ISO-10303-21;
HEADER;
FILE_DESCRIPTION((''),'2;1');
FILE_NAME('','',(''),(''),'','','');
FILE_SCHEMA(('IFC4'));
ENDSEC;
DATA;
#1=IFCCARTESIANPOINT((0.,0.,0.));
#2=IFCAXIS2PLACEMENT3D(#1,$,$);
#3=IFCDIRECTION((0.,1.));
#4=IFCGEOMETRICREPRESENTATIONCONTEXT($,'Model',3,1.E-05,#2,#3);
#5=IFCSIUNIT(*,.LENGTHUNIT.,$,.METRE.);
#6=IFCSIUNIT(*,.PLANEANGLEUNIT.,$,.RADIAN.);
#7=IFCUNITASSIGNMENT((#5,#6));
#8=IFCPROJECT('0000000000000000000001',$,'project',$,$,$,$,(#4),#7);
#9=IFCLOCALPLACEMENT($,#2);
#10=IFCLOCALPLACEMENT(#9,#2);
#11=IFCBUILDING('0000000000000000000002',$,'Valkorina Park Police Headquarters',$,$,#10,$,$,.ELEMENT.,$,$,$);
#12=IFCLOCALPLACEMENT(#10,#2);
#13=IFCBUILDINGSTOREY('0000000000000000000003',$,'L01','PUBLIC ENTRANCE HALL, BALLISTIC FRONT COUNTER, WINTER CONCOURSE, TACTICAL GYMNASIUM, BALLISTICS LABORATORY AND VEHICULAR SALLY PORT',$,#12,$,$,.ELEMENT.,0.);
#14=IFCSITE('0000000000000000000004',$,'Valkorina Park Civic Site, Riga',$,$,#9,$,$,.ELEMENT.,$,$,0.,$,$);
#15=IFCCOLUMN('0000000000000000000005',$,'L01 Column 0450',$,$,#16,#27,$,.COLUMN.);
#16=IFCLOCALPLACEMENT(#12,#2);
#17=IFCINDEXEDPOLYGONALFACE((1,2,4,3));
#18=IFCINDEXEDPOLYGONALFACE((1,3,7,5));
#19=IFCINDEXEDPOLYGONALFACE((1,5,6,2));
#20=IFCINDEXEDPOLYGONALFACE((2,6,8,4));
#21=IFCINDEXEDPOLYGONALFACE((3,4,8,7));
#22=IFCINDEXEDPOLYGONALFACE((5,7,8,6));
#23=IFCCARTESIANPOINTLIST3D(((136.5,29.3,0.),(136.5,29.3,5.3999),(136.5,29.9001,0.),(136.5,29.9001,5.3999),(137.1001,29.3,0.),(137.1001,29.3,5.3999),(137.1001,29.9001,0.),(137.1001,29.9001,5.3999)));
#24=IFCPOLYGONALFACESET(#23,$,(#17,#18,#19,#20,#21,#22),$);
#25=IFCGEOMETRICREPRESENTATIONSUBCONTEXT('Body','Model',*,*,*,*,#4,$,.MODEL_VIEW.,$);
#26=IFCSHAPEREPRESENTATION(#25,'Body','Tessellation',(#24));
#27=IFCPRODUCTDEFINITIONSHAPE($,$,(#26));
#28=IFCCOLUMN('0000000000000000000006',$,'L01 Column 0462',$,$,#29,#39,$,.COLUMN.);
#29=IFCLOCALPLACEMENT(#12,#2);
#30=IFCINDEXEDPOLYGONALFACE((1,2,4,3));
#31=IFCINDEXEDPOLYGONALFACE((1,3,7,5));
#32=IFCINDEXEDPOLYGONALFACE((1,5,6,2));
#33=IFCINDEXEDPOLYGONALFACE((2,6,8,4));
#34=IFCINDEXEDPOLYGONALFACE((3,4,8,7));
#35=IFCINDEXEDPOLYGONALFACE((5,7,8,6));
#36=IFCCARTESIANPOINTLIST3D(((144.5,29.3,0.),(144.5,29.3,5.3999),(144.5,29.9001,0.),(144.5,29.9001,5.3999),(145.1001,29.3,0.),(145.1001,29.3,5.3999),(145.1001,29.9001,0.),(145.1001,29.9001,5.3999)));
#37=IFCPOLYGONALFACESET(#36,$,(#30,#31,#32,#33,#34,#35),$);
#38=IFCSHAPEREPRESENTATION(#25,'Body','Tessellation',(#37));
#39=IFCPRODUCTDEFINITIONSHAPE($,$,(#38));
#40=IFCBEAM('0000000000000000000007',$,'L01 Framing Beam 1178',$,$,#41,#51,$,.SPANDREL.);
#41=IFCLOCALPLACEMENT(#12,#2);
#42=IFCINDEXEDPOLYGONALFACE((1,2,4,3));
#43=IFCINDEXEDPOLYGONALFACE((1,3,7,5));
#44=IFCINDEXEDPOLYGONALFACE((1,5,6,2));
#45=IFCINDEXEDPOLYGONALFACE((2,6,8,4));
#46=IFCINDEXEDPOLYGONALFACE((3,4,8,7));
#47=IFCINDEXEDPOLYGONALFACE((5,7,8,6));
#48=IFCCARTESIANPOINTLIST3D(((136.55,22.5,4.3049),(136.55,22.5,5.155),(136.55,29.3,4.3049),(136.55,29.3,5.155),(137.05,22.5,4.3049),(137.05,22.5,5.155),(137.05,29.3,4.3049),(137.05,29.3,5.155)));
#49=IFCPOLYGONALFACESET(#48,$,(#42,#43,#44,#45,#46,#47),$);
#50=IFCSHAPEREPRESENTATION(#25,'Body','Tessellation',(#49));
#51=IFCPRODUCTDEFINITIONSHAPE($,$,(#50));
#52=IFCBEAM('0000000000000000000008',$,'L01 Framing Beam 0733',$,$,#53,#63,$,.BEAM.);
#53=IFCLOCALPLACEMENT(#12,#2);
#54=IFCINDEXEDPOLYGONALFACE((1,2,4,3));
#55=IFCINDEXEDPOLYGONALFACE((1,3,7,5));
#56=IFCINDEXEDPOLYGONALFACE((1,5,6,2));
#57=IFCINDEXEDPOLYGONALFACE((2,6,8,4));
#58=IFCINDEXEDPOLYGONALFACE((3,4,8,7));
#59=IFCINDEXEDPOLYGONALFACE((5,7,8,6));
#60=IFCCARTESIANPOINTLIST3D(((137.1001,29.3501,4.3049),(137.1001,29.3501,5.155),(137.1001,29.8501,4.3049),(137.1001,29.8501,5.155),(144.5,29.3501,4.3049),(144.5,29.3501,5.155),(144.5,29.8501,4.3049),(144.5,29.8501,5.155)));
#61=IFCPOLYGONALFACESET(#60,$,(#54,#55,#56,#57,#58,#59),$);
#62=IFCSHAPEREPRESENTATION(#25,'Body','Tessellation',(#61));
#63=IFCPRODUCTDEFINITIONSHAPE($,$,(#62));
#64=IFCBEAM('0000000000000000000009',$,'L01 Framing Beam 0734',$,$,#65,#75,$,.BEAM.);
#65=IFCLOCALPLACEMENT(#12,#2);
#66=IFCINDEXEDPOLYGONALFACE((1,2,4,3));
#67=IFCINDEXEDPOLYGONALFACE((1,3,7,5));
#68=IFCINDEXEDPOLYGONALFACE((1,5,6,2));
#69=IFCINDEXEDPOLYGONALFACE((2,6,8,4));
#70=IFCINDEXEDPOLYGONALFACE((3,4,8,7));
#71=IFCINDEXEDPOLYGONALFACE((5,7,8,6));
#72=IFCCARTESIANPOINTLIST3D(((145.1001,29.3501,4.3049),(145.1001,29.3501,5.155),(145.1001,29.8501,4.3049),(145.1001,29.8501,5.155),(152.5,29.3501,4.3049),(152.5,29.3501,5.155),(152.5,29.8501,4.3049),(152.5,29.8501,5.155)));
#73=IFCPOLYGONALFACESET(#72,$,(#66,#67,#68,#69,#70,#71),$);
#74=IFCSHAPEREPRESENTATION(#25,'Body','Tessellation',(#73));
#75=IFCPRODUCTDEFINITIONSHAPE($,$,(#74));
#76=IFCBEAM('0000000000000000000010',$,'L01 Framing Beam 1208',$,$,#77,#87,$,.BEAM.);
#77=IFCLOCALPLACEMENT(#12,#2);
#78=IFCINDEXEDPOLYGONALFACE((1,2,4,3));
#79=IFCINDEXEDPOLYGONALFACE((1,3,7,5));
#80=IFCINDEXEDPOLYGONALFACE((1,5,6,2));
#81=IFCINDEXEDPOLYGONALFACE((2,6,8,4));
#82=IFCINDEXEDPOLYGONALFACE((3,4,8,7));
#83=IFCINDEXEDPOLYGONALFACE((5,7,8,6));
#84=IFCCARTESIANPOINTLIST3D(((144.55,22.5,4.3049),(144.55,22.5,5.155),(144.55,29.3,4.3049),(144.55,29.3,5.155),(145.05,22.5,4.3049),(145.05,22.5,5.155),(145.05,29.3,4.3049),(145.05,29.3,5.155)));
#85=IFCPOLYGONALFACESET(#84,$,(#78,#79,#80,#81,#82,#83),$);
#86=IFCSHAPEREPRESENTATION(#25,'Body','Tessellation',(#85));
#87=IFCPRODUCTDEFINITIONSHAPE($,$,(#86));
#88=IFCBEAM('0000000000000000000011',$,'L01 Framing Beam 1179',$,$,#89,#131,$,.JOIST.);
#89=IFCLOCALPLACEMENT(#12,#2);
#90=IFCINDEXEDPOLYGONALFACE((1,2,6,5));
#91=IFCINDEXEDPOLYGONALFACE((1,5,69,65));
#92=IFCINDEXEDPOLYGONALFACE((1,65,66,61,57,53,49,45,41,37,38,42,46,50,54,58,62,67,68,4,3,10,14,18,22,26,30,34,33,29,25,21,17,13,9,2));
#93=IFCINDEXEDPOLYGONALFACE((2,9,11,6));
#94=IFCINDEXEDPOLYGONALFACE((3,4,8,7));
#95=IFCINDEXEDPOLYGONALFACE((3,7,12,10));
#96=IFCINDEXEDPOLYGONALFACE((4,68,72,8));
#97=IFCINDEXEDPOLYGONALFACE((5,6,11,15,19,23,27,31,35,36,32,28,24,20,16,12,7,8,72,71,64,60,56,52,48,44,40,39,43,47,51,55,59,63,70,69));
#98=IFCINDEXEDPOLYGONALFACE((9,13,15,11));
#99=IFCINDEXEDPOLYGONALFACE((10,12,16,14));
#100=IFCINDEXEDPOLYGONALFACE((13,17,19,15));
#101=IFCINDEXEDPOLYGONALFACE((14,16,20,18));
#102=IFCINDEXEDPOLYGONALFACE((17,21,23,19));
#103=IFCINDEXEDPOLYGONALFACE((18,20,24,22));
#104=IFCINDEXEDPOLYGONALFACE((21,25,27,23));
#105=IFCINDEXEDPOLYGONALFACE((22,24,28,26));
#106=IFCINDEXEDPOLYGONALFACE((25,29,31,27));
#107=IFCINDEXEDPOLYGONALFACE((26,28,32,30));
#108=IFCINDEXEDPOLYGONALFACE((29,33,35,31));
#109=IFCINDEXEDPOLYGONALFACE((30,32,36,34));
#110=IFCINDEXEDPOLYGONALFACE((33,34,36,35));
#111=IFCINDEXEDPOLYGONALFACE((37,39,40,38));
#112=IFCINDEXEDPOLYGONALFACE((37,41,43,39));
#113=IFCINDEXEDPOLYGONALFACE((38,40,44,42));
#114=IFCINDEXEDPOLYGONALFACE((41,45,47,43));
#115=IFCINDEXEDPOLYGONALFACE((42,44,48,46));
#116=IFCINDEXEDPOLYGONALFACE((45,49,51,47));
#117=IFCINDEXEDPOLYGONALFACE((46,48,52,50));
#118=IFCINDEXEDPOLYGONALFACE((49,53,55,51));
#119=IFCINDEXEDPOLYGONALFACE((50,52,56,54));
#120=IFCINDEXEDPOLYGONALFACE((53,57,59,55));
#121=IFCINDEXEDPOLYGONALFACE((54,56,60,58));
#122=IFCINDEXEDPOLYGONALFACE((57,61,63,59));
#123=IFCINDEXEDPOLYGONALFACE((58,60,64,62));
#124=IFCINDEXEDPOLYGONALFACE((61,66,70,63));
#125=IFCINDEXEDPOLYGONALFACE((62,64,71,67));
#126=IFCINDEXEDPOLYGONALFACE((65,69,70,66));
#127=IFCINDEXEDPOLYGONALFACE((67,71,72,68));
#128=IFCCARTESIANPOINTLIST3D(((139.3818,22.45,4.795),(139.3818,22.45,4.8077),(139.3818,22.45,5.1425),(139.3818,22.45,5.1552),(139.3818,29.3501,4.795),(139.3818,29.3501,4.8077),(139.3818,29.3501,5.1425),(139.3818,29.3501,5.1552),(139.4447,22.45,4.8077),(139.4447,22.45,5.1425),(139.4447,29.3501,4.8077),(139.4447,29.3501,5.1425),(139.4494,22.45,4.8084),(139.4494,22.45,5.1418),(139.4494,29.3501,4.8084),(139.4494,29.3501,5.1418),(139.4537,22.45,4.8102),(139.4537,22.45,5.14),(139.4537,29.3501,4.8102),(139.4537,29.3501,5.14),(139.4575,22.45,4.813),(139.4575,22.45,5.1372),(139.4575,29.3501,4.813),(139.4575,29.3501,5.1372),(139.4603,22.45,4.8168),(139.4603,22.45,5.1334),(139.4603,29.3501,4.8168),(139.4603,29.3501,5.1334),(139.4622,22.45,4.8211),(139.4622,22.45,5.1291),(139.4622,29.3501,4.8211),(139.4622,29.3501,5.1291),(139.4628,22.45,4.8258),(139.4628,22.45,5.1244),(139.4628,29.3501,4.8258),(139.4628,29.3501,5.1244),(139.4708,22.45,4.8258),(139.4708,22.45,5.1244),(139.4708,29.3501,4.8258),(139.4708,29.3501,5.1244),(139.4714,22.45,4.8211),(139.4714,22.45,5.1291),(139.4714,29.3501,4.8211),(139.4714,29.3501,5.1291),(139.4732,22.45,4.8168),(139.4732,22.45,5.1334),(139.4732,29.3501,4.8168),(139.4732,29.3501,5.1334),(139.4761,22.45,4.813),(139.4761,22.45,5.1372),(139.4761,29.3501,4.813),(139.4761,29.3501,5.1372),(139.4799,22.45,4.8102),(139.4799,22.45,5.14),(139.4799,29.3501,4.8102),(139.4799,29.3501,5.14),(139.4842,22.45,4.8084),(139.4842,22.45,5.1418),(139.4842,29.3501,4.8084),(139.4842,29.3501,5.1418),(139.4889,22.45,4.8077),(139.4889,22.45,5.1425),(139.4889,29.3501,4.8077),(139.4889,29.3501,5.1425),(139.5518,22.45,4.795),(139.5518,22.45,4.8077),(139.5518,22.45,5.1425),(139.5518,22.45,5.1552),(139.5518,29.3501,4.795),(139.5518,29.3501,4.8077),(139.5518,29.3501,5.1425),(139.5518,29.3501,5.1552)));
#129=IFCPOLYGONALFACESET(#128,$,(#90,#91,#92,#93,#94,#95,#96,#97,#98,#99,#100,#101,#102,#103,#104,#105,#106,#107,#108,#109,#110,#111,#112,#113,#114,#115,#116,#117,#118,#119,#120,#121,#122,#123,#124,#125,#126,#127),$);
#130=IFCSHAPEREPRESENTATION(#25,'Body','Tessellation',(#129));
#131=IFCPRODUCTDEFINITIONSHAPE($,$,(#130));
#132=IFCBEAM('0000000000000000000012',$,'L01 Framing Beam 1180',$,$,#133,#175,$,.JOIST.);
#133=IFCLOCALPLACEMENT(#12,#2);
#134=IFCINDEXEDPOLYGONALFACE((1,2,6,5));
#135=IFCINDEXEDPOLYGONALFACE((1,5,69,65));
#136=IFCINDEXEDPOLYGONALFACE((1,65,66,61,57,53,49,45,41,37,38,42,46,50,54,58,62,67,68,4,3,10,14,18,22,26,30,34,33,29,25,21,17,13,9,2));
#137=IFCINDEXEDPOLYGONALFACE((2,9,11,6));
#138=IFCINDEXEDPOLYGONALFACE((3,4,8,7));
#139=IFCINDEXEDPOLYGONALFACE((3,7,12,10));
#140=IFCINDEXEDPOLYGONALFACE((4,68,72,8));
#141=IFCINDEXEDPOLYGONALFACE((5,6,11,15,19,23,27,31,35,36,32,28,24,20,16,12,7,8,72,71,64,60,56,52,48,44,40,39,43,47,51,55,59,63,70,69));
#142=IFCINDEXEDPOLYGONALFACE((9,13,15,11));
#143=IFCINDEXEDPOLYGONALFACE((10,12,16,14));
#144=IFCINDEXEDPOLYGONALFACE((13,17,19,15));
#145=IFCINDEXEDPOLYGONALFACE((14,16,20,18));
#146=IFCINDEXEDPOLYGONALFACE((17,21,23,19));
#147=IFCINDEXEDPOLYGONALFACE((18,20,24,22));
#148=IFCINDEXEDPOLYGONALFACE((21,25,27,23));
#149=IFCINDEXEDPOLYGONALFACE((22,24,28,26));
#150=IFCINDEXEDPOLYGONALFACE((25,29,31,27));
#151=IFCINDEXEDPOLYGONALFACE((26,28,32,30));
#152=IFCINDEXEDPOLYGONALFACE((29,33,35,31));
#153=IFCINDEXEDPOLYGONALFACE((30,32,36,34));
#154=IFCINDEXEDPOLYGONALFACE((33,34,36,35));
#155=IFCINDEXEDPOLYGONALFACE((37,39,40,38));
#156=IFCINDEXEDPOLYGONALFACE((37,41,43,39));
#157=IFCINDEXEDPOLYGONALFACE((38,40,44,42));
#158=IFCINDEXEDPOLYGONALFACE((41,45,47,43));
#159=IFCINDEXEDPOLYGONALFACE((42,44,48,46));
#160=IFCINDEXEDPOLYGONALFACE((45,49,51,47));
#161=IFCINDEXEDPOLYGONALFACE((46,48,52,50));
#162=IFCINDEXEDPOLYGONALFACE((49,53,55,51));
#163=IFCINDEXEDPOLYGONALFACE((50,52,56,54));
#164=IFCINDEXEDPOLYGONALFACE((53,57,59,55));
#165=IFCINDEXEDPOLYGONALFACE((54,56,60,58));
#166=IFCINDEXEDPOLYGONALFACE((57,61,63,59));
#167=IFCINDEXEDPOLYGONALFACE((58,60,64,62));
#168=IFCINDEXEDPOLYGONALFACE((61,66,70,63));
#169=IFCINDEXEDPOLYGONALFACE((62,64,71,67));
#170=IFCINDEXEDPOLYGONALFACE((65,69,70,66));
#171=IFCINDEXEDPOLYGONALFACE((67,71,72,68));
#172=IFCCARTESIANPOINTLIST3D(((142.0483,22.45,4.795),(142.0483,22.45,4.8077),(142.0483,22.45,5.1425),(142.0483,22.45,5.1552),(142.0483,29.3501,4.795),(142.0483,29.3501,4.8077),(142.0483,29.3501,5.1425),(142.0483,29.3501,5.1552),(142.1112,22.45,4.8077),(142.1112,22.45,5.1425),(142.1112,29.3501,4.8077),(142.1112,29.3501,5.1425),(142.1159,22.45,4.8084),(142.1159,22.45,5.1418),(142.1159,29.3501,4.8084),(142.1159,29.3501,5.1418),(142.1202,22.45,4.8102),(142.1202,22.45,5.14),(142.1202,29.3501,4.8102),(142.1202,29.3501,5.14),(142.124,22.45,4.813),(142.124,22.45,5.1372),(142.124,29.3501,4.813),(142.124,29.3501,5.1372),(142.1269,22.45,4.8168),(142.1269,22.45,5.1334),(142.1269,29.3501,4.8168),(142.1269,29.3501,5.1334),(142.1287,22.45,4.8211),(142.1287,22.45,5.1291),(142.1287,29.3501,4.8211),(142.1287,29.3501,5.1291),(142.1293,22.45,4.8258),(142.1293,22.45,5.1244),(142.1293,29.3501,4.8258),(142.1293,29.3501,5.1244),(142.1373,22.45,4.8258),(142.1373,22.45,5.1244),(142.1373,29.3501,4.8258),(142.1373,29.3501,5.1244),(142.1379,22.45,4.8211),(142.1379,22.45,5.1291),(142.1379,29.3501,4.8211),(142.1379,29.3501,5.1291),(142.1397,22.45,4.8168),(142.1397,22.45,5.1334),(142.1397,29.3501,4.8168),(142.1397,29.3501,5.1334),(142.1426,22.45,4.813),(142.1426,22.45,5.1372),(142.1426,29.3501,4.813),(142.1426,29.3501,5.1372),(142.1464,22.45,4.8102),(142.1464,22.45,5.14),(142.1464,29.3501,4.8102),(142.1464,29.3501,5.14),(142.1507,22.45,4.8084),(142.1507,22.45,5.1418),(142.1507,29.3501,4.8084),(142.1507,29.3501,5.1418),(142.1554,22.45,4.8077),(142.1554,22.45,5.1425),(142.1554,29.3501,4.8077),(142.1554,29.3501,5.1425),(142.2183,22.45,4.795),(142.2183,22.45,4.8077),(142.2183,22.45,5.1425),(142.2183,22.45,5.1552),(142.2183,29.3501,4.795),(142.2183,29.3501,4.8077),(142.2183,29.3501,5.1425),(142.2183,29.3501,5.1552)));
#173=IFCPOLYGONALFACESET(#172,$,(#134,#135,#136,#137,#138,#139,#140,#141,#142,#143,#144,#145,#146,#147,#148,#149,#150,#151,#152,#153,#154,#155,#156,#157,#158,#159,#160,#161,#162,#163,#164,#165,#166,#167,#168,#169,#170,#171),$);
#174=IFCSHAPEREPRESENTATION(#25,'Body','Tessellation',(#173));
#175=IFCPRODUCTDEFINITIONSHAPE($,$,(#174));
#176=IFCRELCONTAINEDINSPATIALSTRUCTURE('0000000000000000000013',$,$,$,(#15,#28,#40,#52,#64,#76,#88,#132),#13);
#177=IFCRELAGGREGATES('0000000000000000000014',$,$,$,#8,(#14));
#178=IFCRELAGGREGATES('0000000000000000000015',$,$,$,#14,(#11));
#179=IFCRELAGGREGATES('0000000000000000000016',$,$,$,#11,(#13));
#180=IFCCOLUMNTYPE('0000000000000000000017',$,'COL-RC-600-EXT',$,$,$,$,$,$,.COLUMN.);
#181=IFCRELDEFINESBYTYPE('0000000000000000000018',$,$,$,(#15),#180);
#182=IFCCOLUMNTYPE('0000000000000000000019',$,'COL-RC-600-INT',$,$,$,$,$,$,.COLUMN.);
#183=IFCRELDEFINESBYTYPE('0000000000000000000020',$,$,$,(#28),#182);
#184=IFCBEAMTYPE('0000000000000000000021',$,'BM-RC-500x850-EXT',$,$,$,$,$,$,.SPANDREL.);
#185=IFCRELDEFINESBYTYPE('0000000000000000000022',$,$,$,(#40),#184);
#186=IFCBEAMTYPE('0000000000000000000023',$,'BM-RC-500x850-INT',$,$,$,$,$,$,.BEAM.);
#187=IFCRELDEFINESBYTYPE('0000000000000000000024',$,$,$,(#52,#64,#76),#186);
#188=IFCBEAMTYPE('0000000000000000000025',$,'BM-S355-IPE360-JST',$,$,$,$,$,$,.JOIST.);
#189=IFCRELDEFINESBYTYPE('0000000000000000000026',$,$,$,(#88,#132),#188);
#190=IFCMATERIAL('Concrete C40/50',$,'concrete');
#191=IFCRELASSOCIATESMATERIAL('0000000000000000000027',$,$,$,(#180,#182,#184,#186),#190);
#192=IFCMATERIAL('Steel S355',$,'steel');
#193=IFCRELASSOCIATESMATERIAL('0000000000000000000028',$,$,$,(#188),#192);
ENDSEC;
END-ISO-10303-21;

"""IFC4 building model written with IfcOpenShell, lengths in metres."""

from ifc_helpers import new_model, si_unit, direction, frame, origin, origin_2d, place, context, subcontext, project, spatial, rectangle, i_section, extrude, material, material_profile, profile_set, type_object, element, save


model = new_model("IFC4")

# Units and contexts
model_context = context("Model", 3, precision=1e-05, world=origin(), true_north=direction((0.0, 1.0)))
body_context = subcontext(model_context, "Body", "Model", "MODEL_VIEW")
ifc_project = project(units=[si_unit("LENGTHUNIT", "METRE"), si_unit("PLANEANGLEUNIT", "RADIAN")], contexts=[model_context])

# Site, building, storey
site_placement = place(None, origin())
site = spatial("IfcSite", under=ifc_project, at=site_placement, Name="Valkorina Park Civic Site, Riga", CompositionType="ELEMENT", RefElevation=0.0)
building_placement = place(site_placement, origin())
building = spatial("IfcBuilding", under=site, at=building_placement, Name="Valkorina Park Police Headquarters", CompositionType="ELEMENT")
storey_placement = place(building_placement, origin())
storey = spatial("IfcBuildingStorey", under=building, at=storey_placement, Name="L01", Description="PUBLIC ENTRANCE HALL, BALLISTIC FRONT COUNTER, WINTER CONCOURSE, TACTICAL GYMNASIUM, BALLISTICS LABORATORY AND VEHICULAR SALLY PORT", CompositionType="ELEMENT", Elevation=0.0)

# Columns
ifc_material_1 = material(Name="Concrete C40/50", Category="concrete")
ifc_material_profile_1 = material_profile(ifc_material_1, rectangle(XDim=0.6001, YDim=0.6001, at=origin_2d()), Name="RC COL 600x600")
ifc_profile_set_1 = profile_set([ifc_material_profile_1], Name="Concrete C40/50")
column_type_1 = type_object("IfcColumnType", Name="COL-RC-600-EXT", PredefinedType="COLUMN", material=ifc_profile_set_1)
column_1_placement = place(storey_placement, frame((136.8, 29.6001, 0.0), z_axis=(0.0, 0.0, 1.0), x_axis=(1.0, 0.0, 0.0)))
element("IfcColumn", 1, at=column_1_placement, inside=storey, type_object=column_type_1, Name="L01 Column 0450", PredefinedType="COLUMN", context=body_context, shape_type="SweptSolid", body=[
    extrude(rectangle(XDim=0.6001, YDim=0.6001, at=origin_2d()), origin(), (0.0, 0.0, 1.0), 5.3999),
])
ifc_material_profile_2 = material_profile(ifc_material_1, rectangle(XDim=0.6001, YDim=0.6001, at=origin_2d()), Name="RC COL 600x600")
ifc_profile_set_2 = profile_set([ifc_material_profile_2], Name="Concrete C40/50")
column_type_2 = type_object("IfcColumnType", Name="COL-RC-600-INT", PredefinedType="COLUMN", material=ifc_profile_set_2)
column_2_placement = place(storey_placement, frame((144.8, 29.6001, 0.0), z_axis=(0.0, 0.0, 1.0), x_axis=(1.0, 0.0, 0.0)))
element("IfcColumn", 2, at=column_2_placement, inside=storey, type_object=column_type_2, Name="L01 Column 0462", PredefinedType="COLUMN", context=body_context, shape_type="SweptSolid", body=[
    extrude(rectangle(XDim=0.6001, YDim=0.6001, at=origin_2d()), origin(), (0.0, 0.0, 1.0), 5.3999),
])

# Beams
ifc_material_profile_3 = material_profile(ifc_material_1, rectangle(XDim=0.5, YDim=0.8501, at=origin_2d()), Name="RC BEAM 500x850")
ifc_profile_set_3 = profile_set([ifc_material_profile_3], Name="Concrete C40/50")
beam_type_1 = type_object("IfcBeamType", Name="BM-RC-500x850-EXT", PredefinedType="SPANDREL", material=ifc_profile_set_3)
beam_1_placement = place(storey_placement, frame((136.8, 22.5, 4.73), z_axis=(0.0, 1.0, 0.0), x_axis=(-1.0, 0.0, 0.0)))
element("IfcBeam", 3, at=beam_1_placement, inside=storey, type_object=beam_type_1, Name="L01 Framing Beam 1178", PredefinedType="SPANDREL", context=body_context, shape_type="SweptSolid", body=[
    extrude(rectangle(XDim=0.5, YDim=0.8501, at=origin_2d()), origin(), (0.0, 0.0, 1.0), 6.8),
])
ifc_material_profile_4 = material_profile(ifc_material_1, rectangle(XDim=0.5, YDim=0.8501, at=origin_2d()), Name="RC BEAM 500x850")
ifc_profile_set_4 = profile_set([ifc_material_profile_4], Name="Concrete C40/50")
beam_type_2 = type_object("IfcBeamType", Name="BM-RC-500x850-INT", PredefinedType="BEAM", material=ifc_profile_set_4)
for number, where, z_axis, x_axis, name in (
    (4, (137.1001, 29.6001, 4.73), (1.0, 0.0, 0.0), (0.0, 1.0, 0.0), "L01 Framing Beam 0733"),
    (5, (145.1001, 29.6001, 4.73), (1.0, 0.0, 0.0), (0.0, 1.0, 0.0), "L01 Framing Beam 0734"),
):
    element("IfcBeam", number, at=place(storey_placement, frame(where, z_axis=z_axis, x_axis=x_axis)), inside=storey, type_object=beam_type_2, Name=name, PredefinedType="BEAM", context=body_context, shape_type="SweptSolid", body=[
        extrude(rectangle(XDim=0.5, YDim=0.8501, at=origin_2d()), origin(), (0.0, 0.0, 1.0), 7.3999),
    ])
beam_2_placement = place(storey_placement, frame((144.8, 22.5, 4.73), z_axis=(0.0, 1.0, 0.0), x_axis=(-1.0, 0.0, 0.0)))
element("IfcBeam", 6, at=beam_2_placement, inside=storey, type_object=beam_type_2, Name="L01 Framing Beam 1208", PredefinedType="BEAM", context=body_context, shape_type="SweptSolid", body=[
    extrude(rectangle(XDim=0.5, YDim=0.8501, at=origin_2d()), origin(), (0.0, 0.0, 1.0), 6.8),
])
ifc_material_2 = material(Name="Steel S355", Category="steel")
ifc_material_profile_5 = material_profile(ifc_material_2, i_section(OverallWidth=0.1699, OverallDepth=0.3601, WebThickness=0.0081, FlangeThickness=0.0127, FilletRadius=0.0181, at=origin_2d()), Name="IPE 360")
ifc_profile_set_5 = profile_set([ifc_material_profile_5], Name="Steel S355")
beam_type_3 = type_object("IfcBeamType", Name="BM-S355-IPE360-JST", PredefinedType="JOIST", material=ifc_profile_set_5)
for number, where, z_axis, x_axis, name in (
    (7, (139.4668, 22.45, 4.9751), (0.0, 1.0, 0.0), (-1.0, 0.0, 0.0), "L01 Framing Beam 1179"),
    (8, (142.1333, 22.45, 4.9751), (0.0, 1.0, 0.0), (-1.0, 0.0, 0.0), "L01 Framing Beam 1180"),
):
    element("IfcBeam", number, at=place(storey_placement, frame(where, z_axis=z_axis, x_axis=x_axis)), inside=storey, type_object=beam_type_3, Name=name, PredefinedType="JOIST", context=body_context, shape_type="SweptSolid", body=[
        extrude(i_section(OverallWidth=0.1699, OverallDepth=0.3601, WebThickness=0.0081, FlangeThickness=0.0127, FilletRadius=0.0181, at=origin_2d()), origin(), (0.0, 0.0, 1.0), 6.9001),
    ])

save(model, "model.ifc")
